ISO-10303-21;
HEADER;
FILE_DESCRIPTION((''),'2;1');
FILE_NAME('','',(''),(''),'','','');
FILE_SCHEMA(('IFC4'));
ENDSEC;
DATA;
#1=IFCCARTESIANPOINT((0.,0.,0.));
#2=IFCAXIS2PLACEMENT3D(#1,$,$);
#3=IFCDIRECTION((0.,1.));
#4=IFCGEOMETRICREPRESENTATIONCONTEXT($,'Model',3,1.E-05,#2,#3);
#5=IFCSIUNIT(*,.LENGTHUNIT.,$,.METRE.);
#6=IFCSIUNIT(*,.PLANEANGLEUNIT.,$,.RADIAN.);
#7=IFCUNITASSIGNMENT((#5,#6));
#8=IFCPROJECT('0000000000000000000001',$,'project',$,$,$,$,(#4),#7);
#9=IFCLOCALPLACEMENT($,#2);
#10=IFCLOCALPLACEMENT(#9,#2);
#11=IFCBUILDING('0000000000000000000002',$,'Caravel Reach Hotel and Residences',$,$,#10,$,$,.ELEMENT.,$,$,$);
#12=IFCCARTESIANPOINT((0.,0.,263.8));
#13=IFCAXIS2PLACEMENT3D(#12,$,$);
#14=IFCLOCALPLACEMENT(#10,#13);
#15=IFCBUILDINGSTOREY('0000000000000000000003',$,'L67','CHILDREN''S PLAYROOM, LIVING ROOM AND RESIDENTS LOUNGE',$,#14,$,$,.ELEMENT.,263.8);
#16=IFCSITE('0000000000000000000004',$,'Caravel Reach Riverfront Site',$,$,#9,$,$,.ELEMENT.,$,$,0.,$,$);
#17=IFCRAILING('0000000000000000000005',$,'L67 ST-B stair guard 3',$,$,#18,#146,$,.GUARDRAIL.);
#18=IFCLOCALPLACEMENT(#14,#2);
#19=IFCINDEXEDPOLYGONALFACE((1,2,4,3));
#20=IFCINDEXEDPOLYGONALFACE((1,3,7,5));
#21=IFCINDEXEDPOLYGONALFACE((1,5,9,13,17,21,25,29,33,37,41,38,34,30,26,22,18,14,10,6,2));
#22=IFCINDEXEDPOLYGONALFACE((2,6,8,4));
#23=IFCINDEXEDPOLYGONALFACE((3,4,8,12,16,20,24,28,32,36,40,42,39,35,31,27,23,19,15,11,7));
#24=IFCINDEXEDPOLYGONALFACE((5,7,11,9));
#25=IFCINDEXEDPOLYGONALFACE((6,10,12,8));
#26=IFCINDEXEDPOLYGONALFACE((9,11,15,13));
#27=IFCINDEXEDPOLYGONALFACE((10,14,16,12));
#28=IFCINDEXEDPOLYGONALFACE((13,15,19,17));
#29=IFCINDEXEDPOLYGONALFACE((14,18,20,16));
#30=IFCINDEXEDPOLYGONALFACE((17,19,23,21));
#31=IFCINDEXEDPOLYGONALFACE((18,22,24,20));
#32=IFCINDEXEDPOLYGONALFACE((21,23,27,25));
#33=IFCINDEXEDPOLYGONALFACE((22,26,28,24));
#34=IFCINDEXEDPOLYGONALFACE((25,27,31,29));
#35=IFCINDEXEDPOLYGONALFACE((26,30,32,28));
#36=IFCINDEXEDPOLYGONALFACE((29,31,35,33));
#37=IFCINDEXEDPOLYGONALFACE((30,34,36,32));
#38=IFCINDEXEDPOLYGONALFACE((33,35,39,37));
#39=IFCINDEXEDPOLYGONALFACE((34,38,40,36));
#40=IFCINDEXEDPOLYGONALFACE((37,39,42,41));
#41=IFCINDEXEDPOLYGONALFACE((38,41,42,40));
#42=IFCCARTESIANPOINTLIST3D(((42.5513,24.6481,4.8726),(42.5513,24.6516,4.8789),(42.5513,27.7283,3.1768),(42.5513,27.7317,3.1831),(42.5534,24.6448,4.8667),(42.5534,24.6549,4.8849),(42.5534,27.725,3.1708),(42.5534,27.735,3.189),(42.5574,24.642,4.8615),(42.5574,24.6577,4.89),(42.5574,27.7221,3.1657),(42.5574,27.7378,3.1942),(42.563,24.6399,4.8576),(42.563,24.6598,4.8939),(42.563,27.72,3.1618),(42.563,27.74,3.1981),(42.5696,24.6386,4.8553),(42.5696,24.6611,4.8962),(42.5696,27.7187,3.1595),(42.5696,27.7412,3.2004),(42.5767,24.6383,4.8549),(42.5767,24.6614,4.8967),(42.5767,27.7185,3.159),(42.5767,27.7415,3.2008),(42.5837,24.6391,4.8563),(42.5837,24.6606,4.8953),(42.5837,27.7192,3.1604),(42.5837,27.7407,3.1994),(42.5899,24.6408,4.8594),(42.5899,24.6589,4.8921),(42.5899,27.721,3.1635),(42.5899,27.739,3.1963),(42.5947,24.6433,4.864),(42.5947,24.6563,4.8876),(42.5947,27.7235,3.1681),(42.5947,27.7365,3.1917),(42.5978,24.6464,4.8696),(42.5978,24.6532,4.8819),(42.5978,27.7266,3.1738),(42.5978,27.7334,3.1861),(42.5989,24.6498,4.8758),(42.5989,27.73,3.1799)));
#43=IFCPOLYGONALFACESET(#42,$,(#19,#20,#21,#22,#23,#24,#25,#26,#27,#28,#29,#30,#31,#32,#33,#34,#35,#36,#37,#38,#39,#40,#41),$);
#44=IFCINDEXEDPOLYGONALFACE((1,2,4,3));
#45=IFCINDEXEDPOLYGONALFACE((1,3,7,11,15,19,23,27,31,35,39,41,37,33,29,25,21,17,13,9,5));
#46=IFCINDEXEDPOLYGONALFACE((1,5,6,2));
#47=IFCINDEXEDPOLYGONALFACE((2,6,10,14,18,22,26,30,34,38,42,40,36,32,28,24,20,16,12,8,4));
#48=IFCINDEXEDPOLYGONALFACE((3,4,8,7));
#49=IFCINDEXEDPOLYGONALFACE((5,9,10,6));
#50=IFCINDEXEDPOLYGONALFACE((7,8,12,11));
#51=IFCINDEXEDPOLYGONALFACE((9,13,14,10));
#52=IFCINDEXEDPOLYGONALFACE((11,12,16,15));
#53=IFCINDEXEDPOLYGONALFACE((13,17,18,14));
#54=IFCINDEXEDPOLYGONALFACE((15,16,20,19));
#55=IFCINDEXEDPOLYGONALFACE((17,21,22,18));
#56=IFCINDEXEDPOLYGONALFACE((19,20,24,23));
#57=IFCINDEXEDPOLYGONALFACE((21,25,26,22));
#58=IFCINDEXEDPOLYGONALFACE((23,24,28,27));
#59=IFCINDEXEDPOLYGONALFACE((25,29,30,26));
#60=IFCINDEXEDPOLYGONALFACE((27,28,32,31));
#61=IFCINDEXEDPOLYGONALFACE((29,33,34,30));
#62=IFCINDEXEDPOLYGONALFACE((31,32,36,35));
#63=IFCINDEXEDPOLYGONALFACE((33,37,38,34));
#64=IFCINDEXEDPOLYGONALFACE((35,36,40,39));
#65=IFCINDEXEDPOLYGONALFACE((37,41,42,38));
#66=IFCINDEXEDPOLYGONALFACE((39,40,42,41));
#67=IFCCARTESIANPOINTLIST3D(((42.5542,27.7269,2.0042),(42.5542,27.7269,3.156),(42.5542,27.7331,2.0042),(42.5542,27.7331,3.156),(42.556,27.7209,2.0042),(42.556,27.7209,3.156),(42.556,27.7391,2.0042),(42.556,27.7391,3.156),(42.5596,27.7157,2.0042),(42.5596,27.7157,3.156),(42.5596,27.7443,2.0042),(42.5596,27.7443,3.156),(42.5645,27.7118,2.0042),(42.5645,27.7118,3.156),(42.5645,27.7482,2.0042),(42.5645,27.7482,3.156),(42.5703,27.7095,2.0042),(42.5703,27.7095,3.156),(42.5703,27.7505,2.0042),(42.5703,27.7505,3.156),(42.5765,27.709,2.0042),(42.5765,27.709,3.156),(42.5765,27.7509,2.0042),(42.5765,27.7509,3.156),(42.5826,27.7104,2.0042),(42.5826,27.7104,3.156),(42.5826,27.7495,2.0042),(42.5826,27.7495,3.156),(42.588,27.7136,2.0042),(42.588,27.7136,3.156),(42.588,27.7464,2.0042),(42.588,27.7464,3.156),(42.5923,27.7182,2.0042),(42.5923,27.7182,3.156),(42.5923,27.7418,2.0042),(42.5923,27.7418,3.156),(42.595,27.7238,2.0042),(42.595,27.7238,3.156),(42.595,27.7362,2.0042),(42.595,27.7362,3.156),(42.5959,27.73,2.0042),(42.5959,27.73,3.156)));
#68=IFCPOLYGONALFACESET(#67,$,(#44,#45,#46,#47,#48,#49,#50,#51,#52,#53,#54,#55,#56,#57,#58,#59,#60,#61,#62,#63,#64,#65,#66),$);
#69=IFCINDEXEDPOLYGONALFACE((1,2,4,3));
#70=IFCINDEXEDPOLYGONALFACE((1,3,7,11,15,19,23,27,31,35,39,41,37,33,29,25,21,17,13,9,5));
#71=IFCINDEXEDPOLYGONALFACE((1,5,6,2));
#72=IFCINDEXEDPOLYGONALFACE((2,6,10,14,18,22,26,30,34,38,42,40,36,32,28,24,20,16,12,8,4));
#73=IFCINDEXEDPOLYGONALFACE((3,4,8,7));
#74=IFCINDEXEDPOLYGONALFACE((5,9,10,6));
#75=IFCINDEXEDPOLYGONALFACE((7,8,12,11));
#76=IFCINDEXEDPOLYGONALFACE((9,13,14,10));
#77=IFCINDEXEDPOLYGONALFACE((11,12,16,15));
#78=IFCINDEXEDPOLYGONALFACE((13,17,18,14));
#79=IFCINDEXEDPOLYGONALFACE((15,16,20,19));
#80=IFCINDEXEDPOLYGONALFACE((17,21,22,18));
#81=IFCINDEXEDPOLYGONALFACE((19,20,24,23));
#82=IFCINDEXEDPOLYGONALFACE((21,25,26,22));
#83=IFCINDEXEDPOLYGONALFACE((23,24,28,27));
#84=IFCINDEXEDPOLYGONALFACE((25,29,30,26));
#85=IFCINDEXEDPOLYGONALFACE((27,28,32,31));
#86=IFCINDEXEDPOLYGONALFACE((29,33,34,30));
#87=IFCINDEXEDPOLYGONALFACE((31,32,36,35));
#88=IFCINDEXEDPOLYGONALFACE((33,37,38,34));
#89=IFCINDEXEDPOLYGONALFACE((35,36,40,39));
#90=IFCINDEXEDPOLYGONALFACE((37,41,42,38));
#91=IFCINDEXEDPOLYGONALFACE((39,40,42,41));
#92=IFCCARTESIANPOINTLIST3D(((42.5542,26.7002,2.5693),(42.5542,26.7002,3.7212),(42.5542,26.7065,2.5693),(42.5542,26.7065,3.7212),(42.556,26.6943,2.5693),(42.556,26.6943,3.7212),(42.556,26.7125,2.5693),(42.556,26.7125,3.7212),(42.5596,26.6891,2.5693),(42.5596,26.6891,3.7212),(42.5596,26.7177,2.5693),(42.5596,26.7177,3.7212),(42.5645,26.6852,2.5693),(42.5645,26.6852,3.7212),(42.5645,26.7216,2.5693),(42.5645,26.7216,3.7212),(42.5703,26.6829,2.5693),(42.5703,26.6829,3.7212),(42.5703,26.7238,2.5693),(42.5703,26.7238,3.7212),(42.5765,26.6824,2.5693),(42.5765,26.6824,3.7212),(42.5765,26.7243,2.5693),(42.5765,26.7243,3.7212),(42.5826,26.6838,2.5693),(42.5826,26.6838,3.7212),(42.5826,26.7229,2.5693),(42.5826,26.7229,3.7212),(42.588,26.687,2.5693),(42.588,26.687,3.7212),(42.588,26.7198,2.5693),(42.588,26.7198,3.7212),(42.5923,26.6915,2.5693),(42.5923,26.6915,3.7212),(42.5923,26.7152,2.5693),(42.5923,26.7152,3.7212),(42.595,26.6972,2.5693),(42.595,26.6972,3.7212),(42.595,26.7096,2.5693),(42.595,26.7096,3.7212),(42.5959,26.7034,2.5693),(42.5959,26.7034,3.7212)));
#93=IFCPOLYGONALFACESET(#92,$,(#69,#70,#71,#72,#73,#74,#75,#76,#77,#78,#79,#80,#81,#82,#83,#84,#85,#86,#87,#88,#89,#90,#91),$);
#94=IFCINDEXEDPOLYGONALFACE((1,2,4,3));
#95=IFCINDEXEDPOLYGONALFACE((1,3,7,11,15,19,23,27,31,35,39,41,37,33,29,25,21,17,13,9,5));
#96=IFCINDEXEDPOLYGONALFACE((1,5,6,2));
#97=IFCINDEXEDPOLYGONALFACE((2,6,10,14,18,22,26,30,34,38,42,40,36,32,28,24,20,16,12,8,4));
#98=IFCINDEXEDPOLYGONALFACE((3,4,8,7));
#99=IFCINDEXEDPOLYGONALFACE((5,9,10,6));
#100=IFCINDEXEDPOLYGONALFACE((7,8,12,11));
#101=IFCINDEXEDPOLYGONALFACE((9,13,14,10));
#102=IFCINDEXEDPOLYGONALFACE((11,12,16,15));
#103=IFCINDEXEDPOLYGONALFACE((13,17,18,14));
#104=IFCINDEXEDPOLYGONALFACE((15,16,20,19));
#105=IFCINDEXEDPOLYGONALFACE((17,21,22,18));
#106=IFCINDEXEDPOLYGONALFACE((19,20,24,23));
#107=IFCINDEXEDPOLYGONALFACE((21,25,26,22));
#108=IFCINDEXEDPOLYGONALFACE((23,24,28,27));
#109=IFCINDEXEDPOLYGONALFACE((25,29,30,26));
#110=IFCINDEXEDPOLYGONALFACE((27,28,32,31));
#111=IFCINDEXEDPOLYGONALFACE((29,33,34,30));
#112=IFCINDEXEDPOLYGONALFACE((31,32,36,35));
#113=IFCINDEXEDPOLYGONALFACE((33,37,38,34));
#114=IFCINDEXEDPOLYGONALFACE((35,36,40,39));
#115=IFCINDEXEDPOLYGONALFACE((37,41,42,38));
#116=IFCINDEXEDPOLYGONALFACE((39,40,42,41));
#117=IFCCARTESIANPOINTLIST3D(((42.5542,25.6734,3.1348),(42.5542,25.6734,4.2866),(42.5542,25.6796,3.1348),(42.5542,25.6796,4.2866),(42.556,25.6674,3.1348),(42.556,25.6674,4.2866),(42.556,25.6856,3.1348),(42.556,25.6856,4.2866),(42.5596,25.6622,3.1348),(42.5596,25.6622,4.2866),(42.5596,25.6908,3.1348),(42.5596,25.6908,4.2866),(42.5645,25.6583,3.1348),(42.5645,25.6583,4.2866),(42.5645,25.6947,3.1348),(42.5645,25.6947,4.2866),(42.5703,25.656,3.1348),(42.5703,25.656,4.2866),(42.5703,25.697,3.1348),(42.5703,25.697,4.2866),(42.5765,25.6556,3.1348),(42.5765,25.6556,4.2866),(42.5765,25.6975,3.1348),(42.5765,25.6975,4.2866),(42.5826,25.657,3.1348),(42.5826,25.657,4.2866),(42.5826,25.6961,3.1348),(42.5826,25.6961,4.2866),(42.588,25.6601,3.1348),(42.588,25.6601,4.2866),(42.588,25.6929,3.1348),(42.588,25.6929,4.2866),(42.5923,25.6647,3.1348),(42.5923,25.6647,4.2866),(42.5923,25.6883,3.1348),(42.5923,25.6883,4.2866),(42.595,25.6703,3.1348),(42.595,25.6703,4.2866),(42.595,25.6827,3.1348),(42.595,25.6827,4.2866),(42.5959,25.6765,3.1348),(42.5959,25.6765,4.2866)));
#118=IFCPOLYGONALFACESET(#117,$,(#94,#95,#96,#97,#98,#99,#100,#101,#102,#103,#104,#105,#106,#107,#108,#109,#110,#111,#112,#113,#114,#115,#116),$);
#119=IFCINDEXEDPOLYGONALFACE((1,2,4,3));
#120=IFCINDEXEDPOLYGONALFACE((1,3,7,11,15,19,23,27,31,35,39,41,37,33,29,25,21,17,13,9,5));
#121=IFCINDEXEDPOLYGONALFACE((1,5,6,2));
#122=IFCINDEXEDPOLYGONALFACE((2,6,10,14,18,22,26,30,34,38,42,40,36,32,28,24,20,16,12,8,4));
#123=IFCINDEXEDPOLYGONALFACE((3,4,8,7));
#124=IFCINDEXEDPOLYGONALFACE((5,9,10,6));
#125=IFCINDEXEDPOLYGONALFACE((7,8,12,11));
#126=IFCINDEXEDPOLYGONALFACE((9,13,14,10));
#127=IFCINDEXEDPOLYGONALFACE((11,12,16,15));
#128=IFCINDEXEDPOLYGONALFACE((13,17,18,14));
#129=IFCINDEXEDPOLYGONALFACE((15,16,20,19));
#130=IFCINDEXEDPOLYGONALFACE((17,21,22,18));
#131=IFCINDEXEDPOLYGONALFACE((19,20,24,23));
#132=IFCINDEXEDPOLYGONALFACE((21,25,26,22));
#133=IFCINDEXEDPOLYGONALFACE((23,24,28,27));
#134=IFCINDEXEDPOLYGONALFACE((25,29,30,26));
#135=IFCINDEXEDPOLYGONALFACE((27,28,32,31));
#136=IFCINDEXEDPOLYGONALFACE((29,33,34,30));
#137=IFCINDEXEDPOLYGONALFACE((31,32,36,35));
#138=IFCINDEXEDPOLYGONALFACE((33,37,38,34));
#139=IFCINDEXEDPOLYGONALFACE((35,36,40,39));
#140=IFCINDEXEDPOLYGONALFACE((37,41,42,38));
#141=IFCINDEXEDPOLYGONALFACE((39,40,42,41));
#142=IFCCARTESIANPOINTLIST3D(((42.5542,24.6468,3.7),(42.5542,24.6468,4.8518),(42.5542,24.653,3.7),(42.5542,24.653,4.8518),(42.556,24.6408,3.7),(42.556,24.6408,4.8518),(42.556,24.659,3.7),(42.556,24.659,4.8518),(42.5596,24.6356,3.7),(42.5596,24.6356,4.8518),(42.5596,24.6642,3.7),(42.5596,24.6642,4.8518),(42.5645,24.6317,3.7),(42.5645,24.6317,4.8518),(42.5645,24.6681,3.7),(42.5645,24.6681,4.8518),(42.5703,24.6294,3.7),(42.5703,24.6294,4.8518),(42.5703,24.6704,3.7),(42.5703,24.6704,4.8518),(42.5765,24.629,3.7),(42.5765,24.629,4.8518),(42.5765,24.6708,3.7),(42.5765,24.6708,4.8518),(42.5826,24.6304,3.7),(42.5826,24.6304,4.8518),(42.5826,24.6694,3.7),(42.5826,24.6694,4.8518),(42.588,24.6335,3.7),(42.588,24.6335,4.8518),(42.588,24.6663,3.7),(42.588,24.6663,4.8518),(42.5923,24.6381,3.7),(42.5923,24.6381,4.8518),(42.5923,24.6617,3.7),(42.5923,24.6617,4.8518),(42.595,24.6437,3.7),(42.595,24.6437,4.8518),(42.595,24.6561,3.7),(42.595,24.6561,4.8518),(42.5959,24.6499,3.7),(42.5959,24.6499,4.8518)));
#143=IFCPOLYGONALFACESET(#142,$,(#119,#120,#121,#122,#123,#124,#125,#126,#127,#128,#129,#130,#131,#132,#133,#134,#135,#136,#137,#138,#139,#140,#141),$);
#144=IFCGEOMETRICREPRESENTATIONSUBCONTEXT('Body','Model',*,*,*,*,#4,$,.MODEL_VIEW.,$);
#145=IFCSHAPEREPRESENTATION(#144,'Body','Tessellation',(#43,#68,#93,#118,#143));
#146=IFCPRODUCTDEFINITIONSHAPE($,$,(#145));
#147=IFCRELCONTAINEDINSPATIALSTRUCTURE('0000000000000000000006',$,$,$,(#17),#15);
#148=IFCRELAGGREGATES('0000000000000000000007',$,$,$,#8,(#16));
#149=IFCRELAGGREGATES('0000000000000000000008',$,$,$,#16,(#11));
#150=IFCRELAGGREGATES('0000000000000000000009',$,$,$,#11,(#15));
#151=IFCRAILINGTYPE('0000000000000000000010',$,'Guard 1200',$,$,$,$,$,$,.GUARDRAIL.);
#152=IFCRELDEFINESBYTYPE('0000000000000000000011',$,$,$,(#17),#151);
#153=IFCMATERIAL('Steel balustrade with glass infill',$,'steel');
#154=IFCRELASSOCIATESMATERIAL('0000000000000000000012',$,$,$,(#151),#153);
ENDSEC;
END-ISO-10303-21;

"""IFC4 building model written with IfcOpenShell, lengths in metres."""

from ifc_helpers import new_model, si_unit, direction, frame, origin, origin_2d, place, context, subcontext, project, spatial, circle, extrude, material, type_object, element, save


model = new_model("IFC4")

# Units and contexts
model_context = context("Model", 3, precision=1e-05, world=origin(), true_north=direction((0.0, 1.0)))
body_context = subcontext(model_context, "Body", "Model", "MODEL_VIEW")
ifc_project = project(units=[si_unit("LENGTHUNIT", "METRE"), si_unit("PLANEANGLEUNIT", "RADIAN")], contexts=[model_context])

# Site, building, storey
site_placement = place(None, origin())
site = spatial("IfcSite", under=ifc_project, at=site_placement, Name="Caravel Reach Riverfront Site", CompositionType="ELEMENT", RefElevation=0.0)
building_placement = place(site_placement, origin())
building = spatial("IfcBuilding", under=site, at=building_placement, Name="Caravel Reach Hotel and Residences", CompositionType="ELEMENT")
storey_placement = place(building_placement, frame((0.0, 0.0, 263.8)))
storey = spatial("IfcBuildingStorey", under=building, at=storey_placement, Name="L67", Description="CHILDREN'S PLAYROOM, LIVING ROOM AND RESIDENTS LOUNGE", CompositionType="ELEMENT", Elevation=263.8)

# Railing
ifc_material_1 = material(Name="Steel balustrade with glass infill", Category="steel")
railing_type_1 = type_object("IfcRailingType", Name="Guard 1200", PredefinedType="GUARDRAIL", material=ifc_material_1)
railing_1_placement = place(storey_placement, frame((42.575, 27.73, 2.0042)))
element("IfcRailing", 1, at=railing_1_placement, inside=storey, type_object=railing_type_1, Name="L67 ST-B stair guard 3", PredefinedType="GUARDRAIL", context=body_context, shape_type="SweptSolid", body=[
    extrude(circle(Radius=0.0239, at=origin_2d()), frame((0.0, 0.0, 1.1758), z_axis=(0.0, -0.876005, 0.482303), x_axis=(1.0, 0.0, 0.0)), (0.0, 0.0, 1.0), 3.5161),
    extrude(circle(Radius=0.021, at=origin_2d()), origin(), (0.0, 0.0, 1.0), 1.1519),
    extrude(circle(Radius=0.021, at=origin_2d()), frame((0.0, -1.0266, 0.5652)), (0.0, 0.0, 1.0), 1.1519),
    extrude(circle(Radius=0.021, at=origin_2d()), frame((0.0, -2.0535, 1.1306)), (0.0, 0.0, 1.0), 1.1519),
    extrude(circle(Radius=0.021, at=origin_2d()), frame((0.0, -3.0801, 1.6958)), (0.0, 0.0, 1.0), 1.1519),
])

save(model, "model.ifc")
